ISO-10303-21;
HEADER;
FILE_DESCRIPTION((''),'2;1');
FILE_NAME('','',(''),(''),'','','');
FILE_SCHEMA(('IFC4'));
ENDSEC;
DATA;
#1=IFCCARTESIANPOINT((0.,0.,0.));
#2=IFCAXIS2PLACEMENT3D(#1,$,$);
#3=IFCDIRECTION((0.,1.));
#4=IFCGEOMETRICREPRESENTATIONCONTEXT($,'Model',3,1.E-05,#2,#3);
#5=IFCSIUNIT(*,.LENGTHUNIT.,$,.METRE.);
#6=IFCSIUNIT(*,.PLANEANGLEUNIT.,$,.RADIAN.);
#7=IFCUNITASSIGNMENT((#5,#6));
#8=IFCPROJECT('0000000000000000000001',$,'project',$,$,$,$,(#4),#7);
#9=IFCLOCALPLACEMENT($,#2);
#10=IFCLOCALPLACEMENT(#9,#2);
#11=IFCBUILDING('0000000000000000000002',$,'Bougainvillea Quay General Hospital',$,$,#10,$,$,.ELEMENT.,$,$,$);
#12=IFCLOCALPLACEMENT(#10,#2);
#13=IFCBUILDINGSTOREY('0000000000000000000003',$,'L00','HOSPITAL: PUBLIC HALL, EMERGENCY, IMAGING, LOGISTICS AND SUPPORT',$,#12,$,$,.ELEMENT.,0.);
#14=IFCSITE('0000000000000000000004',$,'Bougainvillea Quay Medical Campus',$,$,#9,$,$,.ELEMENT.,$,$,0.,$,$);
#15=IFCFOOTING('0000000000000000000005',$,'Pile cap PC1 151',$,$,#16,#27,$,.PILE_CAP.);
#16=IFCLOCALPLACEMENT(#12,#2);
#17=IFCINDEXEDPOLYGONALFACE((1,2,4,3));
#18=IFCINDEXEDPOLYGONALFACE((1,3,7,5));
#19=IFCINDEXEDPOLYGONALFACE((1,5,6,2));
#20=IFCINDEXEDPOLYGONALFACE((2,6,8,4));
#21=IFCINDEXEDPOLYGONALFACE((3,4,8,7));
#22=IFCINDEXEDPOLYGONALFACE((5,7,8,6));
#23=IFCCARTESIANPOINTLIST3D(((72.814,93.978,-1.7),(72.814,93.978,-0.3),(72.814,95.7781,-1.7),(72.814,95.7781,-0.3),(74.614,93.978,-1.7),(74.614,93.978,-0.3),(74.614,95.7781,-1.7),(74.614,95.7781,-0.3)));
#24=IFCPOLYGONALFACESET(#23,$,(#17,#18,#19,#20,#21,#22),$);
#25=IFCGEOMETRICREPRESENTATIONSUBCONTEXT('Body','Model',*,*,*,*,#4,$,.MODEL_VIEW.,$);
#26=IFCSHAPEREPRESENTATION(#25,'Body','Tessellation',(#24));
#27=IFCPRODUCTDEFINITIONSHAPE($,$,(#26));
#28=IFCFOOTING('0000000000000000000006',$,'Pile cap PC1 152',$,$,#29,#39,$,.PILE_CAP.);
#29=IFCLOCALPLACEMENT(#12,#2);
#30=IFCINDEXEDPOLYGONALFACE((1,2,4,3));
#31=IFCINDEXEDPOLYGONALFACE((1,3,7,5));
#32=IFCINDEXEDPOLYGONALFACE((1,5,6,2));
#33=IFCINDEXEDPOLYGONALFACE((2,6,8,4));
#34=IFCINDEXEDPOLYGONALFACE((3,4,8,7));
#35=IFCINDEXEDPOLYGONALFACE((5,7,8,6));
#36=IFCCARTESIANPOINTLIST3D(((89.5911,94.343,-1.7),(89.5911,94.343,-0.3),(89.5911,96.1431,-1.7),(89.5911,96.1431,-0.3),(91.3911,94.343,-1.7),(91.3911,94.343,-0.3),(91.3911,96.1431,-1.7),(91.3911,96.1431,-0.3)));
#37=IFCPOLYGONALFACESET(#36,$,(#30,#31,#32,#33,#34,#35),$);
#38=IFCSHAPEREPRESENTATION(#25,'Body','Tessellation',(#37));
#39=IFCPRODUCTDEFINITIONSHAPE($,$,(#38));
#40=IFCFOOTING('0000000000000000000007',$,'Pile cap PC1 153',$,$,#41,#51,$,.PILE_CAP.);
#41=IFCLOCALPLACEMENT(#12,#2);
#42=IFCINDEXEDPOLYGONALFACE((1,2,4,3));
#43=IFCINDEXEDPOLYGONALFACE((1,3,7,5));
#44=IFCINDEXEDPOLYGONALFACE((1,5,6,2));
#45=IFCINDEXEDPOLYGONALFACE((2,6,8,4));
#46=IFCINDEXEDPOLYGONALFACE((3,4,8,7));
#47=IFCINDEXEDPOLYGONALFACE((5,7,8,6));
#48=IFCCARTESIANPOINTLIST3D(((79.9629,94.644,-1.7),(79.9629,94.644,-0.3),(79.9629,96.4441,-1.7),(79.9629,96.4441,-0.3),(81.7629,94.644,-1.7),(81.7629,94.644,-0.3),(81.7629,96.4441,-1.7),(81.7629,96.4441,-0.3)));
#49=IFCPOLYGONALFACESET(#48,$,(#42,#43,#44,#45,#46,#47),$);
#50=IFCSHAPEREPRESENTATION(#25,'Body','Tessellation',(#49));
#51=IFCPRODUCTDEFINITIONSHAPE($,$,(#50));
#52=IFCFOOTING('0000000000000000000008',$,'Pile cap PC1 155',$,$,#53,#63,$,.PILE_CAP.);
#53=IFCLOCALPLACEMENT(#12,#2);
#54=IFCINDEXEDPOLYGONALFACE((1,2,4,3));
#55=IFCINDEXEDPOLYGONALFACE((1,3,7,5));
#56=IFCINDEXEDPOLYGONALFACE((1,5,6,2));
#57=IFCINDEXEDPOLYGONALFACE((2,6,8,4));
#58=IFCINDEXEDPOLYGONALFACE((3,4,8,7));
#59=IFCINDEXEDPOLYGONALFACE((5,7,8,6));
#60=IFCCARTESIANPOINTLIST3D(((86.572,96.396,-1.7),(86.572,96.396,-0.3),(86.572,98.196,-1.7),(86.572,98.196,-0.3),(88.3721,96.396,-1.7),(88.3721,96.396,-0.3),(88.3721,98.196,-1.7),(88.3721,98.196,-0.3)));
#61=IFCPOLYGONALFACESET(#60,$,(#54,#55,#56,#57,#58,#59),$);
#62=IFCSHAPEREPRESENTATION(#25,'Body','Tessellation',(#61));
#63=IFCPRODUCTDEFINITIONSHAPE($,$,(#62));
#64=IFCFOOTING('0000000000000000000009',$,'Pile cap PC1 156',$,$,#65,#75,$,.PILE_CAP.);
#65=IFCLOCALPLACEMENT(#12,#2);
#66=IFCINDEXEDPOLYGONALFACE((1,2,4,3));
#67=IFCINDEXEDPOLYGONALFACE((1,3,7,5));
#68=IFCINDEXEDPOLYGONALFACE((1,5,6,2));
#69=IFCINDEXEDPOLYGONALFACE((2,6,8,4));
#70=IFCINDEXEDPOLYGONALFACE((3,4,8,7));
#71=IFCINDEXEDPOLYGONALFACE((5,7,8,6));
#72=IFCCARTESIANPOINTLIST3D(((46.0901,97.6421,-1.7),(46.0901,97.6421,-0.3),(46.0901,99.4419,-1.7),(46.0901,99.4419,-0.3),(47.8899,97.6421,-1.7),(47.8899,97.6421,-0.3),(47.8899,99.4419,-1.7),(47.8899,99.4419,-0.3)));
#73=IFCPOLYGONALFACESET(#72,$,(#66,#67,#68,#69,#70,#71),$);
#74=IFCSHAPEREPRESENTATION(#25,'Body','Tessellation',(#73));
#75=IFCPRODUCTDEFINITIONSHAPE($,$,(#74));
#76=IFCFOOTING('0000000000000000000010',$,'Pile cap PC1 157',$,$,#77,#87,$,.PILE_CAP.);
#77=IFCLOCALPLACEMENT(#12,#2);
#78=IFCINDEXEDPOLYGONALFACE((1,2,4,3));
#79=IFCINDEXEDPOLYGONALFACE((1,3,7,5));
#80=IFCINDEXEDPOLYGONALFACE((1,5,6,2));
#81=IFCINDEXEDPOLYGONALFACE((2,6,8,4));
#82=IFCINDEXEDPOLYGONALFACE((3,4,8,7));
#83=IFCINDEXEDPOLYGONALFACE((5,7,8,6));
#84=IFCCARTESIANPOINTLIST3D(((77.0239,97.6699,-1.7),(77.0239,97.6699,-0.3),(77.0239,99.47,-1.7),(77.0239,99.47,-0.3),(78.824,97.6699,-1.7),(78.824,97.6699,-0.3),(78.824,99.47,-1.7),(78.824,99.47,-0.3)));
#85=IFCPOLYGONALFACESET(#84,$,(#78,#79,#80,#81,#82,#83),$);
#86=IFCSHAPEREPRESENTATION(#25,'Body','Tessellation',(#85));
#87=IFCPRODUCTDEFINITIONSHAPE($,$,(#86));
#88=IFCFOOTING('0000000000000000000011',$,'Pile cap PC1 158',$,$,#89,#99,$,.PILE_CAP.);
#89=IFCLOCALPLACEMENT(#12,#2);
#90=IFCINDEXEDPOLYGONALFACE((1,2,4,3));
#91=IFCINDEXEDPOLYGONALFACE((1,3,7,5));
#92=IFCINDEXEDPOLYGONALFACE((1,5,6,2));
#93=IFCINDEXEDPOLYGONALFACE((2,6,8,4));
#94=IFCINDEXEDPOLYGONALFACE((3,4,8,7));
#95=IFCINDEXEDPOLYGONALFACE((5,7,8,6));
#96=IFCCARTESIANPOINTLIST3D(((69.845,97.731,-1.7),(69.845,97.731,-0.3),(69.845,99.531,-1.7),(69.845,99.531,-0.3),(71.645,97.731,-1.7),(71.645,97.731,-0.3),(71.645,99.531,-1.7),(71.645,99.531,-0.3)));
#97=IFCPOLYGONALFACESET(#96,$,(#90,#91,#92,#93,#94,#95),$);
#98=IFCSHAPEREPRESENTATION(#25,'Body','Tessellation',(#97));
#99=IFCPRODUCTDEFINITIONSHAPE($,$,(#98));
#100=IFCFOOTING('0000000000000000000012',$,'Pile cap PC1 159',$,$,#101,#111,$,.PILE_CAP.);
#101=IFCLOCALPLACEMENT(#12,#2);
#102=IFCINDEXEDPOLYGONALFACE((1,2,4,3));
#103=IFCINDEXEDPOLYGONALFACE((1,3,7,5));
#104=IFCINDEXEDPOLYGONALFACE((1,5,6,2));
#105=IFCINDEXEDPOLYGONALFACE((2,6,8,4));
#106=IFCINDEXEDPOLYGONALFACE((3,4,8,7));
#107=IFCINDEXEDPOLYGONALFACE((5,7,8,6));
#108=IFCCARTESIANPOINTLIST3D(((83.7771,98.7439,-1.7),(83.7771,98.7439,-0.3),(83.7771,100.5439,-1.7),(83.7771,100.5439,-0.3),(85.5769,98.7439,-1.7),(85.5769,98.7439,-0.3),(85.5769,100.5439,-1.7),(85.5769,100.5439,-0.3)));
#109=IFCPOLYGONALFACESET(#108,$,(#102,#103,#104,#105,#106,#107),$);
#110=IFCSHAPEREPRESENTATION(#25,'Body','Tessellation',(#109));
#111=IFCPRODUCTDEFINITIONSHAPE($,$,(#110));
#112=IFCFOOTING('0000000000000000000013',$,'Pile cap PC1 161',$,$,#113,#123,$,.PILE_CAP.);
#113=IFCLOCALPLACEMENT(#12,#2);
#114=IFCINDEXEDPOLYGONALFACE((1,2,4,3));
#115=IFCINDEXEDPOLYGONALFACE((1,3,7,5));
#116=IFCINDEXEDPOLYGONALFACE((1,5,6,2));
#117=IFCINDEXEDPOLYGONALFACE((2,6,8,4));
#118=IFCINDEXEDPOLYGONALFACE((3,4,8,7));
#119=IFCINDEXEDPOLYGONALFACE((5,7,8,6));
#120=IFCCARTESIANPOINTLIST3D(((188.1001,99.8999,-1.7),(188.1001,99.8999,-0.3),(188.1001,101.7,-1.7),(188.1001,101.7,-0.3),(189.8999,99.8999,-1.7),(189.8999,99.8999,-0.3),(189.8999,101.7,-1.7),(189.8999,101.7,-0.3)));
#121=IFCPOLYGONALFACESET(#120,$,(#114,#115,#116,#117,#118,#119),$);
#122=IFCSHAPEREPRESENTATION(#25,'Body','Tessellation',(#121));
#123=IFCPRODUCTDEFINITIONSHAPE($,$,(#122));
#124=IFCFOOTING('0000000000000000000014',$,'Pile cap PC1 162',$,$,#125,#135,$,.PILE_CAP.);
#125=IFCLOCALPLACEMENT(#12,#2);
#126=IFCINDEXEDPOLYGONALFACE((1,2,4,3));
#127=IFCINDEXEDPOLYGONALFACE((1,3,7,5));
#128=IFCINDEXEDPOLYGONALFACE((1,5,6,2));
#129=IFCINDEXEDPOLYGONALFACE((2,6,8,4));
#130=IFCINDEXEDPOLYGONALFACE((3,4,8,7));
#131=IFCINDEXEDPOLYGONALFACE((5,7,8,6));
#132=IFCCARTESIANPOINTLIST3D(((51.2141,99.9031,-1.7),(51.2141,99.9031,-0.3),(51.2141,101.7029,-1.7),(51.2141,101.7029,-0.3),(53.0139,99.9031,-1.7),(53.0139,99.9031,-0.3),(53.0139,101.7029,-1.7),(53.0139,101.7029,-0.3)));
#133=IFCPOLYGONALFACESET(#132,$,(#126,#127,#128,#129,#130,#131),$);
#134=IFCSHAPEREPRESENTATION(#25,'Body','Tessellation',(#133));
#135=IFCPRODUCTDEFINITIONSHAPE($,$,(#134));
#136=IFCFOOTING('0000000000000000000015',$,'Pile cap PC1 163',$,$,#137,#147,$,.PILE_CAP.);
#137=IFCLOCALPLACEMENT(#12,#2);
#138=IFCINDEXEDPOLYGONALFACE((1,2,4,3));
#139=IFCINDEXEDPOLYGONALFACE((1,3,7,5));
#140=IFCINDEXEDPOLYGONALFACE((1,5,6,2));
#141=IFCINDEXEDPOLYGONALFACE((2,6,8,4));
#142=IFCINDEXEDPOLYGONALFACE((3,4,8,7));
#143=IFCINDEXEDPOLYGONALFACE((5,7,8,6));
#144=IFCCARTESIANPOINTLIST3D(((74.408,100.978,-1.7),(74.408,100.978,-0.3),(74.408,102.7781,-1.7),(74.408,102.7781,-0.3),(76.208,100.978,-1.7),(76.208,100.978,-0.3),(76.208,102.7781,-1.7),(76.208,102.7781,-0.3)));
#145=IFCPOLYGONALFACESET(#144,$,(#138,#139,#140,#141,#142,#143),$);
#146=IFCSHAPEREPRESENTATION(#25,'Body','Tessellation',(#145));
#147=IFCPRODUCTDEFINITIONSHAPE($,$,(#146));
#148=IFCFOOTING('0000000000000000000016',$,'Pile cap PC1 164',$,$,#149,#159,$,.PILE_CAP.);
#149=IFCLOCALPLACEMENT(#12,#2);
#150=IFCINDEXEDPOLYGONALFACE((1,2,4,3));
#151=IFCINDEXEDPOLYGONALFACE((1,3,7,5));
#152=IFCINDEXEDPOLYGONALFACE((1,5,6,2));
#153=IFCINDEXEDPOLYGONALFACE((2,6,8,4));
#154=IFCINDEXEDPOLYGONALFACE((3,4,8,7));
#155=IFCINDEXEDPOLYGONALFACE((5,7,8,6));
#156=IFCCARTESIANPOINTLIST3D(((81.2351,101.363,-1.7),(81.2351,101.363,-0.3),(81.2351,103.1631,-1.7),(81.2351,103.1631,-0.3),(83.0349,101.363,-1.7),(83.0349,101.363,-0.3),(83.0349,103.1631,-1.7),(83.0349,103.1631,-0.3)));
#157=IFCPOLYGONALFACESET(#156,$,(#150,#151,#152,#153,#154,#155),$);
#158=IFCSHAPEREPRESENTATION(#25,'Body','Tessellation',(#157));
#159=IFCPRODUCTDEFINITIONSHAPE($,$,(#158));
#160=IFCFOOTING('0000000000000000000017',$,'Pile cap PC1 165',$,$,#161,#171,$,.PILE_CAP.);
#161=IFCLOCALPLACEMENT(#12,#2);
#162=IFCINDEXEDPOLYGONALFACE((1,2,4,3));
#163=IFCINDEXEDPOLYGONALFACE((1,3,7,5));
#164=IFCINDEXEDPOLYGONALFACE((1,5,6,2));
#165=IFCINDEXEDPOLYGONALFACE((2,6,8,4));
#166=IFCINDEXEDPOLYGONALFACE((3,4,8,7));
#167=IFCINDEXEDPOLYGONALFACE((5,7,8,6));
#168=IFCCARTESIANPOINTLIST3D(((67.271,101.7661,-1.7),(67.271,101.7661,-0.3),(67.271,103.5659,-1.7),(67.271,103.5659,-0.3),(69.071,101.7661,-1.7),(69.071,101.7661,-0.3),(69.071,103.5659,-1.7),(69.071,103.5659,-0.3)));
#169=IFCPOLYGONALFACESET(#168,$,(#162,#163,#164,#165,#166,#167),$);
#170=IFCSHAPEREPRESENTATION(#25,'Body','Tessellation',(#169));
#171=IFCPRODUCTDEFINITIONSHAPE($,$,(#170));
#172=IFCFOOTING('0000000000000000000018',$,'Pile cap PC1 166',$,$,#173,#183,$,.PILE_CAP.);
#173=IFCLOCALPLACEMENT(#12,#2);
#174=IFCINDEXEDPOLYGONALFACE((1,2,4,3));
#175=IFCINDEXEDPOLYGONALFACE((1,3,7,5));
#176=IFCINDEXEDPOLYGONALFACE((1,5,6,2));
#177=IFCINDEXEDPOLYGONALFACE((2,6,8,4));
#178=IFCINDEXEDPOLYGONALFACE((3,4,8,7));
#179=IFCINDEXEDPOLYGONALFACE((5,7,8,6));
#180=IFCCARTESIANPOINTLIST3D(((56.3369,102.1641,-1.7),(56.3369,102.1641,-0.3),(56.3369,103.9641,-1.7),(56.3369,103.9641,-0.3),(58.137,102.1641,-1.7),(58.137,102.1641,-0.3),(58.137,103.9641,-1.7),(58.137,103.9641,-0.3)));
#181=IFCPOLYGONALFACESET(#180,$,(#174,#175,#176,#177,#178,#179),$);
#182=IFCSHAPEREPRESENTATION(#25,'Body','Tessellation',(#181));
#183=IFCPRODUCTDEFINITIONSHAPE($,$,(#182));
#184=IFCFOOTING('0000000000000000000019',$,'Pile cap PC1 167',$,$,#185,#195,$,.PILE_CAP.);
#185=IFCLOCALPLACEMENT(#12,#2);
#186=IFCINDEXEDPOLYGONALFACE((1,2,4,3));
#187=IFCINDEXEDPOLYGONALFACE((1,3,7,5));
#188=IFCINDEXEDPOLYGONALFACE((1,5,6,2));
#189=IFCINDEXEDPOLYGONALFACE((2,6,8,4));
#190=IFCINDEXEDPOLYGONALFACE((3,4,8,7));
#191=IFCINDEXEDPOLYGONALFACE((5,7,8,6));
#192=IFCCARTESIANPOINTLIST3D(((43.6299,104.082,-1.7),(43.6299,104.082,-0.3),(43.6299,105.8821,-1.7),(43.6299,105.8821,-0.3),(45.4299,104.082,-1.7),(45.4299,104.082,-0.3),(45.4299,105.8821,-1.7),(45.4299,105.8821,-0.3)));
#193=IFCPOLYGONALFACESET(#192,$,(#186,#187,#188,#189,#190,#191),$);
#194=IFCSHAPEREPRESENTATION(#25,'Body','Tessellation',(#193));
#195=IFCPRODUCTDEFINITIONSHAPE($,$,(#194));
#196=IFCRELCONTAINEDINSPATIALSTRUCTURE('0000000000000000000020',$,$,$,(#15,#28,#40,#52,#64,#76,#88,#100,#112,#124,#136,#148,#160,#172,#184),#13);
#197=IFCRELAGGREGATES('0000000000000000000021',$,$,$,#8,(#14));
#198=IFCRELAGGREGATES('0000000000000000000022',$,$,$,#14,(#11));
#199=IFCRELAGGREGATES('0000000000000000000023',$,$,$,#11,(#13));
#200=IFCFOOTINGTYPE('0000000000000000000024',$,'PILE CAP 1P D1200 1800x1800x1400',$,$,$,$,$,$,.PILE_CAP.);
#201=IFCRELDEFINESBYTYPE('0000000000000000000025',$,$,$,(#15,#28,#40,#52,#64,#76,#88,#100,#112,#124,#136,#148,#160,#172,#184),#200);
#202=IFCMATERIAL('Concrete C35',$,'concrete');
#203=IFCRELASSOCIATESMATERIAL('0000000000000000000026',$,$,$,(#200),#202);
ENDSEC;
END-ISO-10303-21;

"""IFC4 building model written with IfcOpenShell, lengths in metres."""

from ifc_helpers import new_model, si_unit, direction, frame, origin, place, context, subcontext, project, spatial, polyline, outline, extrude, material, type_object, element, save


model = new_model("IFC4")

# Units and contexts
model_context = context("Model", 3, precision=1e-05, world=origin(), true_north=direction((0.0, 1.0)))
body_context = subcontext(model_context, "Body", "Model", "MODEL_VIEW")
ifc_project = project(units=[si_unit("LENGTHUNIT", "METRE"), si_unit("PLANEANGLEUNIT", "RADIAN")], contexts=[model_context])

# Site, building, storey
site_placement = place(None, origin())
site = spatial("IfcSite", under=ifc_project, at=site_placement, Name="Bougainvillea Quay Medical Campus", CompositionType="ELEMENT", RefElevation=0.0)
building_placement = place(site_placement, origin())
building = spatial("IfcBuilding", under=site, at=building_placement, Name="Bougainvillea Quay General Hospital", CompositionType="ELEMENT")
storey_placement = place(building_placement, origin())
storey = spatial("IfcBuildingStorey", under=building, at=storey_placement, Name="L00", Description="HOSPITAL: PUBLIC HALL, EMERGENCY, IMAGING, LOGISTICS AND SUPPORT", CompositionType="ELEMENT", Elevation=0.0)

# Footings
ifc_material = material(Name="Concrete C35", Category="concrete")
footing_type_1 = type_object("IfcFootingType", Name="PILE CAP 1P D1200 1800x1800x1400", PredefinedType="PILE_CAP", material=ifc_material)
footing_1_placement = place(storey_placement, frame((0.0, 0.0, -1.7)))
element("IfcFooting", 1, at=footing_1_placement, inside=storey, type_object=footing_type_1, Name="Pile cap PC1 151", PredefinedType="PILE_CAP", context=body_context, shape_type="SweptSolid", body=[
    extrude(outline(polyline([(72.814, 93.978), (74.614, 93.978), (74.614, 95.7781), (72.814, 95.7781), (72.814, 93.978)])), origin(), (0.0, 0.0, 1.0), 1.3999),
])
footing_2_placement = place(storey_placement, frame((0.0, 0.0, -1.7)))
element("IfcFooting", 2, at=footing_2_placement, inside=storey, type_object=footing_type_1, Name="Pile cap PC1 152", PredefinedType="PILE_CAP", context=body_context, shape_type="SweptSolid", body=[
    extrude(outline(polyline([(89.5911, 94.343), (91.3911, 94.343), (91.3911, 96.1431), (89.5911, 96.1431), (89.5911, 94.343)])), origin(), (0.0, 0.0, 1.0), 1.3999),
])
footing_3_placement = place(storey_placement, frame((0.0, 0.0, -1.7)))
element("IfcFooting", 3, at=footing_3_placement, inside=storey, type_object=footing_type_1, Name="Pile cap PC1 153", PredefinedType="PILE_CAP", context=body_context, shape_type="SweptSolid", body=[
    extrude(outline(polyline([(79.9629, 94.644), (81.7629, 94.644), (81.7629, 96.4441), (79.9629, 96.4441), (79.9629, 94.644)])), origin(), (0.0, 0.0, 1.0), 1.3999),
])
footing_4_placement = place(storey_placement, frame((0.0, 0.0, -1.7)))
element("IfcFooting", 4, at=footing_4_placement, inside=storey, type_object=footing_type_1, Name="Pile cap PC1 155", PredefinedType="PILE_CAP", context=body_context, shape_type="SweptSolid", body=[
    extrude(outline(polyline([(86.572, 96.396), (88.3721, 96.396), (88.3721, 98.196), (86.572, 98.196), (86.572, 96.396)])), origin(), (0.0, 0.0, 1.0), 1.3999),
])
footing_5_placement = place(storey_placement, frame((0.0, 0.0, -1.7)))
element("IfcFooting", 5, at=footing_5_placement, inside=storey, type_object=footing_type_1, Name="Pile cap PC1 156", PredefinedType="PILE_CAP", context=body_context, shape_type="SweptSolid", body=[
    extrude(outline(polyline([(46.0901, 97.6421), (47.8899, 97.6421), (47.8899, 99.4419), (46.0901, 99.4419), (46.0901, 97.6421)])), origin(), (0.0, 0.0, 1.0), 1.3999),
])
footing_6_placement = place(storey_placement, frame((0.0, 0.0, -1.7)))
element("IfcFooting", 6, at=footing_6_placement, inside=storey, type_object=footing_type_1, Name="Pile cap PC1 157", PredefinedType="PILE_CAP", context=body_context, shape_type="SweptSolid", body=[
    extrude(outline(polyline([(77.0239, 97.6699), (78.824, 97.6699), (78.824, 99.47), (77.0239, 99.47), (77.0239, 97.6699)])), origin(), (0.0, 0.0, 1.0), 1.3999),
])
footing_7_placement = place(storey_placement, frame((0.0, 0.0, -1.7)))
element("IfcFooting", 7, at=footing_7_placement, inside=storey, type_object=footing_type_1, Name="Pile cap PC1 158", PredefinedType="PILE_CAP", context=body_context, shape_type="SweptSolid", body=[
    extrude(outline(polyline([(69.845, 97.731), (71.645, 97.731), (71.645, 99.531), (69.845, 99.531), (69.845, 97.731)])), origin(), (0.0, 0.0, 1.0), 1.3999),
])
footing_8_placement = place(storey_placement, frame((0.0, 0.0, -1.7)))
element("IfcFooting", 8, at=footing_8_placement, inside=storey, type_object=footing_type_1, Name="Pile cap PC1 159", PredefinedType="PILE_CAP", context=body_context, shape_type="SweptSolid", body=[
    extrude(outline(polyline([(83.7771, 98.7439), (85.5769, 98.7439), (85.5769, 100.5439), (83.7771, 100.5439), (83.7771, 98.7439)])), origin(), (0.0, 0.0, 1.0), 1.3999),
])
footing_9_placement = place(storey_placement, frame((0.0, 0.0, -1.7)))
element("IfcFooting", 9, at=footing_9_placement, inside=storey, type_object=footing_type_1, Name="Pile cap PC1 161", PredefinedType="PILE_CAP", context=body_context, shape_type="SweptSolid", body=[
    extrude(outline(polyline([(188.1001, 99.8999), (189.8999, 99.8999), (189.8999, 101.7), (188.1001, 101.7), (188.1001, 99.8999)])), origin(), (0.0, 0.0, 1.0), 1.3999),
])
footing_10_placement = place(storey_placement, frame((0.0, 0.0, -1.7)))
element("IfcFooting", 10, at=footing_10_placement, inside=storey, type_object=footing_type_1, Name="Pile cap PC1 162", PredefinedType="PILE_CAP", context=body_context, shape_type="SweptSolid", body=[
    extrude(outline(polyline([(51.2141, 99.9031), (53.0139, 99.9031), (53.0139, 101.7029), (51.2141, 101.7029), (51.2141, 99.9031)])), origin(), (0.0, 0.0, 1.0), 1.3999),
])
footing_11_placement = place(storey_placement, frame((0.0, 0.0, -1.7)))
element("IfcFooting", 11, at=footing_11_placement, inside=storey, type_object=footing_type_1, Name="Pile cap PC1 163", PredefinedType="PILE_CAP", context=body_context, shape_type="SweptSolid", body=[
    extrude(outline(polyline([(74.408, 100.978), (76.208, 100.978), (76.208, 102.7781), (74.408, 102.7781), (74.408, 100.978)])), origin(), (0.0, 0.0, 1.0), 1.3999),
])
footing_12_placement = place(storey_placement, frame((0.0, 0.0, -1.7)))
element("IfcFooting", 12, at=footing_12_placement, inside=storey, type_object=footing_type_1, Name="Pile cap PC1 164", PredefinedType="PILE_CAP", context=body_context, shape_type="SweptSolid", body=[
    extrude(outline(polyline([(81.2351, 101.363), (83.0349, 101.363), (83.0349, 103.1631), (81.2351, 103.1631), (81.2351, 101.363)])), origin(), (0.0, 0.0, 1.0), 1.3999),
])
footing_13_placement = place(storey_placement, frame((0.0, 0.0, -1.7)))
element("IfcFooting", 13, at=footing_13_placement, inside=storey, type_object=footing_type_1, Name="Pile cap PC1 165", PredefinedType="PILE_CAP", context=body_context, shape_type="SweptSolid", body=[
    extrude(outline(polyline([(67.271, 101.7661), (69.071, 101.7661), (69.071, 103.5659), (67.271, 103.5659), (67.271, 101.7661)])), origin(), (0.0, 0.0, 1.0), 1.3999),
])
footing_14_placement = place(storey_placement, frame((0.0, 0.0, -1.7)))
element("IfcFooting", 14, at=footing_14_placement, inside=storey, type_object=footing_type_1, Name="Pile cap PC1 166", PredefinedType="PILE_CAP", context=body_context, shape_type="SweptSolid", body=[
    extrude(outline(polyline([(56.3369, 102.1641), (58.137, 102.1641), (58.137, 103.9641), (56.3369, 103.9641), (56.3369, 102.1641)])), origin(), (0.0, 0.0, 1.0), 1.3999),
])
footing_15_placement = place(storey_placement, frame((0.0, 0.0, -1.7)))
element("IfcFooting", 15, at=footing_15_placement, inside=storey, type_object=footing_type_1, Name="Pile cap PC1 167", PredefinedType="PILE_CAP", context=body_context, shape_type="SweptSolid", body=[
    extrude(outline(polyline([(43.6299, 104.082), (45.4299, 104.082), (45.4299, 105.8821), (43.6299, 105.8821), (43.6299, 104.082)])), origin(), (0.0, 0.0, 1.0), 1.3999),
])

save(model, "model.ifc")
